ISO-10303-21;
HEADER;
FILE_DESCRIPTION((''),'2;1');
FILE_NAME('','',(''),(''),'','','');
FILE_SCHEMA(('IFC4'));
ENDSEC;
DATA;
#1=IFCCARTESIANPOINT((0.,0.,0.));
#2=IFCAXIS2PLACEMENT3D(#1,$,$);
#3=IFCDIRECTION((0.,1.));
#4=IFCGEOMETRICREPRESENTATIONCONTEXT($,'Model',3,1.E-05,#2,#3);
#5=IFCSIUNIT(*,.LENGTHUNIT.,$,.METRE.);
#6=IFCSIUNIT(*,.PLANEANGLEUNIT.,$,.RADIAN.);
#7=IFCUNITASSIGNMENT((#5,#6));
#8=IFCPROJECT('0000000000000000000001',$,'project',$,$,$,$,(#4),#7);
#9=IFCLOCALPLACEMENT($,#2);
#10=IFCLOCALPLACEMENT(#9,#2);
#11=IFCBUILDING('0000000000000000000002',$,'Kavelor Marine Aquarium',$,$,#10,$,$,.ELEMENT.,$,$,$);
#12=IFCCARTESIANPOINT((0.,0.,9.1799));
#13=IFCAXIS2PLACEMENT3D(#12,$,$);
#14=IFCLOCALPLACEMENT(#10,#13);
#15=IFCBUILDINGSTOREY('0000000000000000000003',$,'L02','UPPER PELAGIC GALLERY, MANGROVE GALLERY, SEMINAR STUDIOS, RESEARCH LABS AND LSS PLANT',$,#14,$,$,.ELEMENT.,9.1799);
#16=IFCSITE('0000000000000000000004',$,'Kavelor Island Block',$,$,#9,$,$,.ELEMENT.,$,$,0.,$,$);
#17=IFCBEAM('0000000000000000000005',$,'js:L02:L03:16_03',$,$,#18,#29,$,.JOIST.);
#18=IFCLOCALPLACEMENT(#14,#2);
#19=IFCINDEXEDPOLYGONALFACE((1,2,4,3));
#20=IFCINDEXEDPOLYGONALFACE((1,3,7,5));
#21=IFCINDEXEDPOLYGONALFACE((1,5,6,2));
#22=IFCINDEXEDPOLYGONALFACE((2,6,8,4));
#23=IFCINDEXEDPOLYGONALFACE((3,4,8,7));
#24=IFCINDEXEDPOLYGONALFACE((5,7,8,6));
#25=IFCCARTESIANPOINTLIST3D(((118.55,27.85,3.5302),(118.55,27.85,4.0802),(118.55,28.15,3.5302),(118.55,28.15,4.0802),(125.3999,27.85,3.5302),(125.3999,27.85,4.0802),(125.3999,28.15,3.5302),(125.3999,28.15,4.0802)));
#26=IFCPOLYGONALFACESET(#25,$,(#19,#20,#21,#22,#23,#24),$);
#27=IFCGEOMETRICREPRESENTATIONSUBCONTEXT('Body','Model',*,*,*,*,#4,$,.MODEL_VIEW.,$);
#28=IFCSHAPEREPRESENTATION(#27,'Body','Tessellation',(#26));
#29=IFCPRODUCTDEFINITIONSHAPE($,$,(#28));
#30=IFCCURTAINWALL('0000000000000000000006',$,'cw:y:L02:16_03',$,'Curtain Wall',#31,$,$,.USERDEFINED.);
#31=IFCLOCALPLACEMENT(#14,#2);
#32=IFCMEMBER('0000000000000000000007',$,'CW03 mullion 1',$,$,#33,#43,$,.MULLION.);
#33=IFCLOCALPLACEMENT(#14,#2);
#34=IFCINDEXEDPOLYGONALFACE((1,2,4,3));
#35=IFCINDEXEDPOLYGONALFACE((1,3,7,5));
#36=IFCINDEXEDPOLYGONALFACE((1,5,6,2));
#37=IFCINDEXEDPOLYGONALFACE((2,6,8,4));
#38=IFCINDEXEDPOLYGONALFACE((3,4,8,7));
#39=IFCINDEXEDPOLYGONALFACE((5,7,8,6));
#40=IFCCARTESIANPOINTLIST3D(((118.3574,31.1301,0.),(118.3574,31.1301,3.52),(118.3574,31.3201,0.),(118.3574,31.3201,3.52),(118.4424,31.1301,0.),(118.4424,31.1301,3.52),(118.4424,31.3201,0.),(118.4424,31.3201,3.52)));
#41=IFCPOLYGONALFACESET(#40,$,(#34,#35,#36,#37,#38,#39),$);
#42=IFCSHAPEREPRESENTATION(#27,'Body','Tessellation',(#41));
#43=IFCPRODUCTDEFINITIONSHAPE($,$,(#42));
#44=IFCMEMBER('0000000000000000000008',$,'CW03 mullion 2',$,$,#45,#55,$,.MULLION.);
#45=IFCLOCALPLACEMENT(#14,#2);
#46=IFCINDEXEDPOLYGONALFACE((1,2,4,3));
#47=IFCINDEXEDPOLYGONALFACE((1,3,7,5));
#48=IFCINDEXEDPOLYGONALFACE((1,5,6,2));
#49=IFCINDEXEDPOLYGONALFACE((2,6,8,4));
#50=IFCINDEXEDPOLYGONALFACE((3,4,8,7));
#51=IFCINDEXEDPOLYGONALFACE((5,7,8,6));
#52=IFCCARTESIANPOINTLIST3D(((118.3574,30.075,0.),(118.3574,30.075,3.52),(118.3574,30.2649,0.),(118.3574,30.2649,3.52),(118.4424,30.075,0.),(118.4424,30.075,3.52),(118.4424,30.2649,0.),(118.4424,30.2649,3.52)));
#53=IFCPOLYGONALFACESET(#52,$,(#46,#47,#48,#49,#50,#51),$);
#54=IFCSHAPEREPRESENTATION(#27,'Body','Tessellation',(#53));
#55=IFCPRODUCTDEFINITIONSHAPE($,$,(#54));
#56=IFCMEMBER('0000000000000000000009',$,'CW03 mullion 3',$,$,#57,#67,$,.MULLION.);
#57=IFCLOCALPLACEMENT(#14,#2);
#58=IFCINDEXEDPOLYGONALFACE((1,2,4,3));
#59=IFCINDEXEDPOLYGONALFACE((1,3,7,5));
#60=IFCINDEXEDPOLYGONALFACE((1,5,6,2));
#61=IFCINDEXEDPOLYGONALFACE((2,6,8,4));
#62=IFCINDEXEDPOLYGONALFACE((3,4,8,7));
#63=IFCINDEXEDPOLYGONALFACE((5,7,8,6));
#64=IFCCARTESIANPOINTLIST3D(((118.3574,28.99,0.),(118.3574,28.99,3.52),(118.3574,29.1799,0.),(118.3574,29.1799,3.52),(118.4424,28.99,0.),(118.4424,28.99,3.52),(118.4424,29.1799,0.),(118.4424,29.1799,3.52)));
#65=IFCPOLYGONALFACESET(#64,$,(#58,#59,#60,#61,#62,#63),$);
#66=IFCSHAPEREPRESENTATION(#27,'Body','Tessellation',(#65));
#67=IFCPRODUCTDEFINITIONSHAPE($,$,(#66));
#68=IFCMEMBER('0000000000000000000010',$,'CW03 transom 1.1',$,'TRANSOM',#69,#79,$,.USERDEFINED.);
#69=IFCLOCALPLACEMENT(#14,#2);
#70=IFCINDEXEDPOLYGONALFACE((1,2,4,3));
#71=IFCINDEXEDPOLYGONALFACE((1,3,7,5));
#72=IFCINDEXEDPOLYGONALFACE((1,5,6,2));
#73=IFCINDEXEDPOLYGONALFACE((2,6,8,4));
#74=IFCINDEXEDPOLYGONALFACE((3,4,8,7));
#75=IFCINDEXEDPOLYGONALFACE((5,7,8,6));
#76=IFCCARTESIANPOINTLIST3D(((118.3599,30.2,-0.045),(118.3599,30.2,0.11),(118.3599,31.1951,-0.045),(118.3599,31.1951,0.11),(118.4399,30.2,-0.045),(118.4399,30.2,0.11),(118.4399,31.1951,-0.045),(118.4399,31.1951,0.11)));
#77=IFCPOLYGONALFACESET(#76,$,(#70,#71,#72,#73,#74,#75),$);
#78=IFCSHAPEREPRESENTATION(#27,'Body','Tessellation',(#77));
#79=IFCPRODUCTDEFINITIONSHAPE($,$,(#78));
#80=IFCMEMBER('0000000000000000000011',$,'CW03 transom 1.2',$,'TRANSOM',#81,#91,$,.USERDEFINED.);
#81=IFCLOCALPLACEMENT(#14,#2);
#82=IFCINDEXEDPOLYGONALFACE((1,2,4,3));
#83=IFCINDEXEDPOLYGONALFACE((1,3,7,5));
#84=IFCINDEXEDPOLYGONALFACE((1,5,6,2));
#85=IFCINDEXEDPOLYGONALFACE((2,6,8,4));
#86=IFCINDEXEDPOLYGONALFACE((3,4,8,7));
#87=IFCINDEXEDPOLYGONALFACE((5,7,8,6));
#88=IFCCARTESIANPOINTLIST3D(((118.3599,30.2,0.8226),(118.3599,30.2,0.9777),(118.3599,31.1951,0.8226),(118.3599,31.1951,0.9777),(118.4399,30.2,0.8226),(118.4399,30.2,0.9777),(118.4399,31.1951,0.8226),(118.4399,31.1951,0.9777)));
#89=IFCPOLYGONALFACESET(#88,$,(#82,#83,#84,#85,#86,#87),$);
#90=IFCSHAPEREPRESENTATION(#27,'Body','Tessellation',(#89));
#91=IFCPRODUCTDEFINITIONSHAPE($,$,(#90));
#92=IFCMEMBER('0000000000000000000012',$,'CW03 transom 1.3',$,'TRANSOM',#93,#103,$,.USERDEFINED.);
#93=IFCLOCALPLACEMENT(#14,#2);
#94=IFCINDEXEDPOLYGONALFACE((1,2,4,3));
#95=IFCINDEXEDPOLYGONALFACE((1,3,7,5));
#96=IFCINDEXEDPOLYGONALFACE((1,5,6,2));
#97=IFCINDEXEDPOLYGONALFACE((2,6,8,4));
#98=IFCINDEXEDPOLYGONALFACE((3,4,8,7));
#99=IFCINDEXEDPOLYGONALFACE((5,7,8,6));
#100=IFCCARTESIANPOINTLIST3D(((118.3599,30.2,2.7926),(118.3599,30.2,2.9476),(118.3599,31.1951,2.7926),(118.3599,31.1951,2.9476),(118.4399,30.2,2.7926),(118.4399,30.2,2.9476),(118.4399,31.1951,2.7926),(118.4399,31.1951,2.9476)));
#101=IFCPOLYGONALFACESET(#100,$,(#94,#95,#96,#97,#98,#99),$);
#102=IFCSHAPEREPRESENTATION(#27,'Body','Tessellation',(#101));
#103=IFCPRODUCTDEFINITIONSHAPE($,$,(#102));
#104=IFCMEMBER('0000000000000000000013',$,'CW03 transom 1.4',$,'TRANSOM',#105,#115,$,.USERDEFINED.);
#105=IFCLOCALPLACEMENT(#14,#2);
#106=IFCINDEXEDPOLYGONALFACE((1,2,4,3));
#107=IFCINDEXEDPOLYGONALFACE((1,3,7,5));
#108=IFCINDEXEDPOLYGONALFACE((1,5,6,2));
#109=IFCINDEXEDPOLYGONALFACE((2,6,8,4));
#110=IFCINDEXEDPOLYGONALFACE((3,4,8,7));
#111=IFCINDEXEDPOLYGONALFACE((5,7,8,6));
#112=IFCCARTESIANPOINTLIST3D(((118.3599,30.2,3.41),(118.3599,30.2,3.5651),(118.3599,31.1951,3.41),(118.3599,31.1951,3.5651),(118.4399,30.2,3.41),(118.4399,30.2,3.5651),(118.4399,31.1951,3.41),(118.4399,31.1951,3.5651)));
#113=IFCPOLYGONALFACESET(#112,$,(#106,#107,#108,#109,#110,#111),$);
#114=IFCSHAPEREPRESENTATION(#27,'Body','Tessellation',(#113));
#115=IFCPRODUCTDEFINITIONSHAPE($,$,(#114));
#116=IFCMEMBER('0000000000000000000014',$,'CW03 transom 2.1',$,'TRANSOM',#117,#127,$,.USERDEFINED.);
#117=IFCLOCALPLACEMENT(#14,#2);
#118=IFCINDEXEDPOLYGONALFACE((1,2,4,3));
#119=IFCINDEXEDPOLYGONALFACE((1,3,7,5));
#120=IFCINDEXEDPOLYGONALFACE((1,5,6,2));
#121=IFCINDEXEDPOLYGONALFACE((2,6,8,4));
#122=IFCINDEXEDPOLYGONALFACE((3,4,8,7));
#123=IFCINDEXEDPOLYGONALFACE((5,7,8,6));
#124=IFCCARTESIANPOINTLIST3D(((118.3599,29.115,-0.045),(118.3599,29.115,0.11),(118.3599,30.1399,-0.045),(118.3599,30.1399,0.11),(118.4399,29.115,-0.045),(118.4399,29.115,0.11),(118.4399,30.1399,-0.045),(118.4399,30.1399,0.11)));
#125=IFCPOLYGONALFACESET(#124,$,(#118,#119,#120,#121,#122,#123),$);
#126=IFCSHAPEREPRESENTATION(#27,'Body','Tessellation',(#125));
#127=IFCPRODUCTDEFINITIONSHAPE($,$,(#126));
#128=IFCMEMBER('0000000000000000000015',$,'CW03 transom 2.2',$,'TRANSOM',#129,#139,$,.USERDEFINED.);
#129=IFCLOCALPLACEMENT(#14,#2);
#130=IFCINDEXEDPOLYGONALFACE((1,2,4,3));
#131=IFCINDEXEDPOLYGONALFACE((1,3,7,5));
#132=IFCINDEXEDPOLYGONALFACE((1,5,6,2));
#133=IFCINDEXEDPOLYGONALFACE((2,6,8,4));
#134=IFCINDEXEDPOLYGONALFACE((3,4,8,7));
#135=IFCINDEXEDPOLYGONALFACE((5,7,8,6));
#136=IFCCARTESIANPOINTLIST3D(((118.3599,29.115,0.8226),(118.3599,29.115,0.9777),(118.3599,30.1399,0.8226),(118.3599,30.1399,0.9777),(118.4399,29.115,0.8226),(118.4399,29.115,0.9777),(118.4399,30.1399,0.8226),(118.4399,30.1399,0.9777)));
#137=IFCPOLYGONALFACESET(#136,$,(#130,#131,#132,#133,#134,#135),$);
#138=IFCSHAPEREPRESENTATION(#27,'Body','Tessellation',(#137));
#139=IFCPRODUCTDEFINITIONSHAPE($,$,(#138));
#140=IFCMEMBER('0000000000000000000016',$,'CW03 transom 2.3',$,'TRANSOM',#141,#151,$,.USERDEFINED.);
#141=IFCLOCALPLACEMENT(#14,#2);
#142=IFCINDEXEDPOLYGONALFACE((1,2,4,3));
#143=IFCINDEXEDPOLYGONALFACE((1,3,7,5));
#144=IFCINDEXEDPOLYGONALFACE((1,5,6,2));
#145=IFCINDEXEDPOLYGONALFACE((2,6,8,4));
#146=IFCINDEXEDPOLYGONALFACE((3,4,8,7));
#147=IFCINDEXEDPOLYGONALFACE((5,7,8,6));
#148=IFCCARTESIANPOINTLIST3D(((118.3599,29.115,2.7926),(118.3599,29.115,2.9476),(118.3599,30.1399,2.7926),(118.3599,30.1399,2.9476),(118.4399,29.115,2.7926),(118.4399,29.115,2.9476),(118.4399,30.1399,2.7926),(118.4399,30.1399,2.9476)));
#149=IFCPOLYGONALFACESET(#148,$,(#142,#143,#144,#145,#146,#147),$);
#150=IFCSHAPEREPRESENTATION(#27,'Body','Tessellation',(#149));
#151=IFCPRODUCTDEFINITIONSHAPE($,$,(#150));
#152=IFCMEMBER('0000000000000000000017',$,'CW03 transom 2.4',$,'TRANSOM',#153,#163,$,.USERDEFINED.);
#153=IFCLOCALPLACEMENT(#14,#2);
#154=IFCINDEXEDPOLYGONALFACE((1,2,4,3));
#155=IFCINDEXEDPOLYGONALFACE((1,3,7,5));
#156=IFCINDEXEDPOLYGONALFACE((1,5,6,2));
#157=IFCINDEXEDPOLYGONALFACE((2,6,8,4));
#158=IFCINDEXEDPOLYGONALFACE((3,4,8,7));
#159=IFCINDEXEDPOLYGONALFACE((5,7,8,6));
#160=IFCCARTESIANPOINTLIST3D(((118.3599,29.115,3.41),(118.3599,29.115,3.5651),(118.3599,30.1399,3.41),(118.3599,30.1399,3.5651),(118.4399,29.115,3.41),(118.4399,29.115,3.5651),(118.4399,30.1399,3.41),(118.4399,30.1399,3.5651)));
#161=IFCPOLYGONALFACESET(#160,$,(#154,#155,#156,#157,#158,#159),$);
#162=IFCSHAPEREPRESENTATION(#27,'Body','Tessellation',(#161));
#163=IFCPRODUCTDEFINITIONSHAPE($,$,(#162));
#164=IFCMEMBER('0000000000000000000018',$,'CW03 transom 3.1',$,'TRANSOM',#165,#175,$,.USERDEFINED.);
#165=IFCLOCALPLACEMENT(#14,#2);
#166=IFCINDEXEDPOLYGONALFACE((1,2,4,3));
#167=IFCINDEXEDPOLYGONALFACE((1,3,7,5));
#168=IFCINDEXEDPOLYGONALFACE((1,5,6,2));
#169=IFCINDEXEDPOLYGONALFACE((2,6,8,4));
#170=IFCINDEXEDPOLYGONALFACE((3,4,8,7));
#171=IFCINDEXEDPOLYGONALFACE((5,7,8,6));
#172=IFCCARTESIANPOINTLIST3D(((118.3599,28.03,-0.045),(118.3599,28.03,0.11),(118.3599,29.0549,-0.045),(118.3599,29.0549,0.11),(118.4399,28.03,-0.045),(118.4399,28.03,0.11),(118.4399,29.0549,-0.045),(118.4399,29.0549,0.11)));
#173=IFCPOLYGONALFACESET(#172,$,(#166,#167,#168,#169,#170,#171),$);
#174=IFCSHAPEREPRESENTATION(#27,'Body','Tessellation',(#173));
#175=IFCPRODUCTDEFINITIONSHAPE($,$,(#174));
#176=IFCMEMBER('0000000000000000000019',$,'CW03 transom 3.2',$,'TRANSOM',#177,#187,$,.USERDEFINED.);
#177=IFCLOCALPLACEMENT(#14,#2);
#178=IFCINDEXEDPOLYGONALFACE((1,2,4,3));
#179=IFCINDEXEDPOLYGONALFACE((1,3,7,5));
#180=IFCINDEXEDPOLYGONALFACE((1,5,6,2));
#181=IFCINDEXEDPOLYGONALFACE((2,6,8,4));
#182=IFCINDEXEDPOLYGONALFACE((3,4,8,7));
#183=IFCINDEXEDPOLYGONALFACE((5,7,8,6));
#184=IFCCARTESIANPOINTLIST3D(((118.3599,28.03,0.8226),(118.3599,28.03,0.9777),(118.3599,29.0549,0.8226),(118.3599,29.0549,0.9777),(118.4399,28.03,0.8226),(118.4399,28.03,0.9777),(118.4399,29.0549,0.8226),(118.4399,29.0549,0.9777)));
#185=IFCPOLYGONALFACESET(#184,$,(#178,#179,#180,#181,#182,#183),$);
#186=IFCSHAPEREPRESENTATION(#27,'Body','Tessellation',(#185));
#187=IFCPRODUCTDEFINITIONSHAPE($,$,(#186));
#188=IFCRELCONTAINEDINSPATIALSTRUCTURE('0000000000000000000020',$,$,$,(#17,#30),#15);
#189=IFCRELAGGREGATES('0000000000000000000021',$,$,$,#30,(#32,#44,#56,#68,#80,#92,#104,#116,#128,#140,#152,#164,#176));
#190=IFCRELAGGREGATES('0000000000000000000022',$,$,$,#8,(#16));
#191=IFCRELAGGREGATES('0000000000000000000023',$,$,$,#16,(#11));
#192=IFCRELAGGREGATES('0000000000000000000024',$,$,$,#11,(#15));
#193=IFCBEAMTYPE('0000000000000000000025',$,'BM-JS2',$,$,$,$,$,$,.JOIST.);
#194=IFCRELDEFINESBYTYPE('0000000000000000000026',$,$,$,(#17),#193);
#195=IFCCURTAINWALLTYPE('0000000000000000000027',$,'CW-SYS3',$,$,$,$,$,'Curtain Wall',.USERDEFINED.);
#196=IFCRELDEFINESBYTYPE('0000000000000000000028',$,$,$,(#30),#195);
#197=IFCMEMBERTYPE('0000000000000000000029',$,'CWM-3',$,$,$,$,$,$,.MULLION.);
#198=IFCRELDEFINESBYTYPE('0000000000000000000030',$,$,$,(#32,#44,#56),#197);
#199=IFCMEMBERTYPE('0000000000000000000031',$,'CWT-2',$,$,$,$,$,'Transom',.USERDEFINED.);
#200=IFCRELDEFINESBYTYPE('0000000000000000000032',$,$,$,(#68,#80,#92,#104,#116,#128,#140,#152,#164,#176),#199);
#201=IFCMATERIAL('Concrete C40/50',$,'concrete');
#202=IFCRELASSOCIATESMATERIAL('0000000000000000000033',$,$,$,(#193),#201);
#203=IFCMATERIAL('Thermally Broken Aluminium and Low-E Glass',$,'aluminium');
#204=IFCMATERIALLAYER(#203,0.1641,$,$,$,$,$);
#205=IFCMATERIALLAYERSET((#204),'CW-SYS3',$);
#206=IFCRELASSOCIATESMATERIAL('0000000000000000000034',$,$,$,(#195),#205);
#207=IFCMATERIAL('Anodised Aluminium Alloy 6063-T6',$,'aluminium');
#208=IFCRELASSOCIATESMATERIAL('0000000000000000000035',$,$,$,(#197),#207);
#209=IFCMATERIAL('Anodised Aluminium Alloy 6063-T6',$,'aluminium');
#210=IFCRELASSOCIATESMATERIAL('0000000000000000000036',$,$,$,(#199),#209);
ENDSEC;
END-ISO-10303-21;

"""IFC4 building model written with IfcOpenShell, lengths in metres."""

from ifc_helpers import new_model, si_unit, direction, frame, origin, origin_2d, place, context, subcontext, project, spatial, rectangle, extrude, material, layer, layer_set, material_profile, profile_set, type_object, element, aggregate, save


model = new_model("IFC4")

# Units and contexts
model_context = context("Model", 3, precision=1e-05, world=origin(), true_north=direction((0.0, 1.0)))
body_context = subcontext(model_context, "Body", "Model", "MODEL_VIEW")
ifc_project = project(units=[si_unit("LENGTHUNIT", "METRE"), si_unit("PLANEANGLEUNIT", "RADIAN")], contexts=[model_context])

# Site, building, storey
site_placement = place(None, origin())
site = spatial("IfcSite", under=ifc_project, at=site_placement, Name="Kavelor Island Block", CompositionType="ELEMENT", RefElevation=0.0)
building_placement = place(site_placement, origin())
building = spatial("IfcBuilding", under=site, at=building_placement, Name="Kavelor Marine Aquarium", CompositionType="ELEMENT")
storey_placement = place(building_placement, frame((0.0, 0.0, 9.1799)))
storey = spatial("IfcBuildingStorey", under=building, at=storey_placement, Name="L02", Description="UPPER PELAGIC GALLERY, MANGROVE GALLERY, SEMINAR STUDIOS, RESEARCH LABS AND LSS PLANT", CompositionType="ELEMENT", Elevation=9.1799)

# Beam
ifc_material_1 = material(Name="Concrete C40/50", Category="concrete")
ifc_material_profile_1 = material_profile(ifc_material_1, rectangle(XDim=0.3, YDim=0.55, at=origin_2d()), Name="RC-JS 300x550")
ifc_profile_set_1 = profile_set([ifc_material_profile_1], Name="Concrete C40/50")
beam_type = type_object("IfcBeamType", Name="BM-JS2", PredefinedType="JOIST", material=ifc_profile_set_1)
beam_placement = place(storey_placement, frame((118.55, 28.0, 3.8052), z_axis=(1.0, 0.0, 0.0), x_axis=(0.0, 1.0, 0.0)))
element("IfcBeam", 1, at=beam_placement, inside=storey, type_object=beam_type, Name="js:L02:L03:16_03", PredefinedType="JOIST", context=body_context, shape_type="SweptSolid", body=[
    extrude(rectangle(XDim=0.3, YDim=0.55, at=origin_2d()), origin(), (0.0, 0.0, 1.0), 6.8499),
])

# Curtain wall, members
ifc_material_2 = material(Name="Thermally Broken Aluminium and Low-E Glass", Category="aluminium")
ifc_layer_1 = layer(ifc_material_2, 0.1641)
ifc_layer_set_1 = layer_set([ifc_layer_1], Name="CW-SYS3")
curtain_wall_type = type_object("IfcCurtainWallType", Name="CW-SYS3", ElementType="Curtain Wall", PredefinedType="USERDEFINED", material=ifc_layer_set_1)
curtain_wall_placement = place(storey_placement, origin())
curtain_wall = element("IfcCurtainWall", 2, at=curtain_wall_placement, inside=storey, type_object=curtain_wall_type, Name="cw:y:L02:16_03", ObjectType="Curtain Wall", PredefinedType="USERDEFINED")
ifc_material_3 = material(Name="Anodised Aluminium Alloy 6063-T6", Category="aluminium")
ifc_material_profile_2 = material_profile(ifc_material_3, rectangle(XDim=0.085, YDim=0.1899, at=origin_2d()), Name="CW-MUL 85x190")
ifc_profile_set_2 = profile_set([ifc_material_profile_2], Name="Anodised Aluminium Alloy 6063-T6")
member_type_1 = type_object("IfcMemberType", Name="CWM-3", PredefinedType="MULLION", material=ifc_profile_set_2)
member_1_placement = place(storey_placement, frame((118.3999, 31.2251, 0.0), z_axis=(0.0, 0.0, 1.0), x_axis=(1.0, 0.0, 0.0)))
member_1 = element("IfcMember", 3, at=member_1_placement, type_object=member_type_1, Name="CW03 mullion 1", PredefinedType="MULLION", context=body_context, shape_type="SweptSolid", body=[
    extrude(rectangle(XDim=0.085, YDim=0.1899, at=origin_2d()), origin(), (0.0, 0.0, 1.0), 3.52),
])
member_2_placement = place(storey_placement, frame((118.3999, 30.1699, 0.0), z_axis=(0.0, 0.0, 1.0), x_axis=(1.0, 0.0, 0.0)))
member_2 = element("IfcMember", 4, at=member_2_placement, type_object=member_type_1, Name="CW03 mullion 2", PredefinedType="MULLION", context=body_context, shape_type="SweptSolid", body=[
    extrude(rectangle(XDim=0.085, YDim=0.1899, at=origin_2d()), origin(), (0.0, 0.0, 1.0), 3.52),
])
member_3_placement = place(storey_placement, frame((118.3999, 29.085, 0.0), z_axis=(0.0, 0.0, 1.0), x_axis=(1.0, 0.0, 0.0)))
member_3 = element("IfcMember", 5, at=member_3_placement, type_object=member_type_1, Name="CW03 mullion 3", PredefinedType="MULLION", context=body_context, shape_type="SweptSolid", body=[
    extrude(rectangle(XDim=0.085, YDim=0.1899, at=origin_2d()), origin(), (0.0, 0.0, 1.0), 3.52),
])
ifc_material_4 = material(Name="Anodised Aluminium Alloy 6063-T6", Category="aluminium")
ifc_material_profile_3 = material_profile(ifc_material_4, rectangle(XDim=0.0801, YDim=0.155, at=origin_2d()), Name="CW-TRN 80x155")
ifc_profile_set_3 = profile_set([ifc_material_profile_3], Name="Anodised Aluminium Alloy 6063-T6")
member_type_2 = type_object("IfcMemberType", Name="CWT-2", ElementType="Transom", PredefinedType="USERDEFINED", material=ifc_profile_set_3)
member_4_placement = place(storey_placement, frame((118.3999, 31.1951, 0.0325), z_axis=(0.0, -1.0, 0.0), x_axis=(1.0, 0.0, 0.0)))
member_4 = element("IfcMember", 6, at=member_4_placement, type_object=member_type_2, Name="CW03 transom 1.1", ObjectType="TRANSOM", PredefinedType="USERDEFINED", context=body_context, shape_type="SweptSolid", body=[
    extrude(rectangle(XDim=0.0801, YDim=0.155, at=origin_2d()), origin(), (0.0, 0.0, 1.0), 0.9951),
])
member_5_placement = place(storey_placement, frame((118.3999, 31.1951, 0.9001), z_axis=(0.0, -1.0, 0.0), x_axis=(1.0, 0.0, 0.0)))
member_5 = element("IfcMember", 7, at=member_5_placement, type_object=member_type_2, Name="CW03 transom 1.2", ObjectType="TRANSOM", PredefinedType="USERDEFINED", context=body_context, shape_type="SweptSolid", body=[
    extrude(rectangle(XDim=0.0801, YDim=0.155, at=origin_2d()), origin(), (0.0, 0.0, 1.0), 0.9951),
])
member_6_placement = place(storey_placement, frame((118.3999, 31.1951, 2.8701), z_axis=(0.0, -1.0, 0.0), x_axis=(1.0, 0.0, 0.0)))
member_6 = element("IfcMember", 8, at=member_6_placement, type_object=member_type_2, Name="CW03 transom 1.3", ObjectType="TRANSOM", PredefinedType="USERDEFINED", context=body_context, shape_type="SweptSolid", body=[
    extrude(rectangle(XDim=0.0801, YDim=0.155, at=origin_2d()), origin(), (0.0, 0.0, 1.0), 0.9951),
])
member_7_placement = place(storey_placement, frame((118.3999, 31.1951, 3.4875), z_axis=(0.0, -1.0, 0.0), x_axis=(1.0, 0.0, 0.0)))
member_7 = element("IfcMember", 9, at=member_7_placement, type_object=member_type_2, Name="CW03 transom 1.4", ObjectType="TRANSOM", PredefinedType="USERDEFINED", context=body_context, shape_type="SweptSolid", body=[
    extrude(rectangle(XDim=0.0801, YDim=0.155, at=origin_2d()), origin(), (0.0, 0.0, 1.0), 0.9951),
])
member_8_placement = place(storey_placement, frame((118.3999, 30.1399, 0.0325), z_axis=(0.0, -1.0, 0.0), x_axis=(1.0, 0.0, 0.0)))
member_8 = element("IfcMember", 10, at=member_8_placement, type_object=member_type_2, Name="CW03 transom 2.1", ObjectType="TRANSOM", PredefinedType="USERDEFINED", context=body_context, shape_type="SweptSolid", body=[
    extrude(rectangle(XDim=0.0801, YDim=0.155, at=origin_2d()), origin(), (0.0, 0.0, 1.0), 1.0249),
])
member_9_placement = place(storey_placement, frame((118.3999, 30.1399, 0.9001), z_axis=(0.0, -1.0, 0.0), x_axis=(1.0, 0.0, 0.0)))
member_9 = element("IfcMember", 11, at=member_9_placement, type_object=member_type_2, Name="CW03 transom 2.2", ObjectType="TRANSOM", PredefinedType="USERDEFINED", context=body_context, shape_type="SweptSolid", body=[
    extrude(rectangle(XDim=0.0801, YDim=0.155, at=origin_2d()), origin(), (0.0, 0.0, 1.0), 1.0249),
])
member_10_placement = place(storey_placement, frame((118.3999, 30.1399, 2.8701), z_axis=(0.0, -1.0, 0.0), x_axis=(1.0, 0.0, 0.0)))
member_10 = element("IfcMember", 12, at=member_10_placement, type_object=member_type_2, Name="CW03 transom 2.3", ObjectType="TRANSOM", PredefinedType="USERDEFINED", context=body_context, shape_type="SweptSolid", body=[
    extrude(rectangle(XDim=0.0801, YDim=0.155, at=origin_2d()), origin(), (0.0, 0.0, 1.0), 1.0249),
])
member_11_placement = place(storey_placement, frame((118.3999, 30.1399, 3.4875), z_axis=(0.0, -1.0, 0.0), x_axis=(1.0, 0.0, 0.0)))
member_11 = element("IfcMember", 13, at=member_11_placement, type_object=member_type_2, Name="CW03 transom 2.4", ObjectType="TRANSOM", PredefinedType="USERDEFINED", context=body_context, shape_type="SweptSolid", body=[
    extrude(rectangle(XDim=0.0801, YDim=0.155, at=origin_2d()), origin(), (0.0, 0.0, 1.0), 1.0249),
])
member_12_placement = place(storey_placement, frame((118.3999, 29.0549, 0.0325), z_axis=(0.0, -1.0, 0.0), x_axis=(1.0, 0.0, 0.0)))
member_12 = element("IfcMember", 14, at=member_12_placement, type_object=member_type_2, Name="CW03 transom 3.1", ObjectType="TRANSOM", PredefinedType="USERDEFINED", context=body_context, shape_type="SweptSolid", body=[
    extrude(rectangle(XDim=0.0801, YDim=0.155, at=origin_2d()), origin(), (0.0, 0.0, 1.0), 1.0249),
])
member_13_placement = place(storey_placement, frame((118.3999, 29.0549, 0.9001), z_axis=(0.0, -1.0, 0.0), x_axis=(1.0, 0.0, 0.0)))
member_13 = element("IfcMember", 15, at=member_13_placement, type_object=member_type_2, Name="CW03 transom 3.2", ObjectType="TRANSOM", PredefinedType="USERDEFINED", context=body_context, shape_type="SweptSolid", body=[
    extrude(rectangle(XDim=0.0801, YDim=0.155, at=origin_2d()), origin(), (0.0, 0.0, 1.0), 1.0249),
])
aggregate(curtain_wall, [member_1, member_2, member_3, member_4, member_5, member_6, member_7, member_8, member_9, member_10, member_11, member_12, member_13])

save(model, "model.ifc")
